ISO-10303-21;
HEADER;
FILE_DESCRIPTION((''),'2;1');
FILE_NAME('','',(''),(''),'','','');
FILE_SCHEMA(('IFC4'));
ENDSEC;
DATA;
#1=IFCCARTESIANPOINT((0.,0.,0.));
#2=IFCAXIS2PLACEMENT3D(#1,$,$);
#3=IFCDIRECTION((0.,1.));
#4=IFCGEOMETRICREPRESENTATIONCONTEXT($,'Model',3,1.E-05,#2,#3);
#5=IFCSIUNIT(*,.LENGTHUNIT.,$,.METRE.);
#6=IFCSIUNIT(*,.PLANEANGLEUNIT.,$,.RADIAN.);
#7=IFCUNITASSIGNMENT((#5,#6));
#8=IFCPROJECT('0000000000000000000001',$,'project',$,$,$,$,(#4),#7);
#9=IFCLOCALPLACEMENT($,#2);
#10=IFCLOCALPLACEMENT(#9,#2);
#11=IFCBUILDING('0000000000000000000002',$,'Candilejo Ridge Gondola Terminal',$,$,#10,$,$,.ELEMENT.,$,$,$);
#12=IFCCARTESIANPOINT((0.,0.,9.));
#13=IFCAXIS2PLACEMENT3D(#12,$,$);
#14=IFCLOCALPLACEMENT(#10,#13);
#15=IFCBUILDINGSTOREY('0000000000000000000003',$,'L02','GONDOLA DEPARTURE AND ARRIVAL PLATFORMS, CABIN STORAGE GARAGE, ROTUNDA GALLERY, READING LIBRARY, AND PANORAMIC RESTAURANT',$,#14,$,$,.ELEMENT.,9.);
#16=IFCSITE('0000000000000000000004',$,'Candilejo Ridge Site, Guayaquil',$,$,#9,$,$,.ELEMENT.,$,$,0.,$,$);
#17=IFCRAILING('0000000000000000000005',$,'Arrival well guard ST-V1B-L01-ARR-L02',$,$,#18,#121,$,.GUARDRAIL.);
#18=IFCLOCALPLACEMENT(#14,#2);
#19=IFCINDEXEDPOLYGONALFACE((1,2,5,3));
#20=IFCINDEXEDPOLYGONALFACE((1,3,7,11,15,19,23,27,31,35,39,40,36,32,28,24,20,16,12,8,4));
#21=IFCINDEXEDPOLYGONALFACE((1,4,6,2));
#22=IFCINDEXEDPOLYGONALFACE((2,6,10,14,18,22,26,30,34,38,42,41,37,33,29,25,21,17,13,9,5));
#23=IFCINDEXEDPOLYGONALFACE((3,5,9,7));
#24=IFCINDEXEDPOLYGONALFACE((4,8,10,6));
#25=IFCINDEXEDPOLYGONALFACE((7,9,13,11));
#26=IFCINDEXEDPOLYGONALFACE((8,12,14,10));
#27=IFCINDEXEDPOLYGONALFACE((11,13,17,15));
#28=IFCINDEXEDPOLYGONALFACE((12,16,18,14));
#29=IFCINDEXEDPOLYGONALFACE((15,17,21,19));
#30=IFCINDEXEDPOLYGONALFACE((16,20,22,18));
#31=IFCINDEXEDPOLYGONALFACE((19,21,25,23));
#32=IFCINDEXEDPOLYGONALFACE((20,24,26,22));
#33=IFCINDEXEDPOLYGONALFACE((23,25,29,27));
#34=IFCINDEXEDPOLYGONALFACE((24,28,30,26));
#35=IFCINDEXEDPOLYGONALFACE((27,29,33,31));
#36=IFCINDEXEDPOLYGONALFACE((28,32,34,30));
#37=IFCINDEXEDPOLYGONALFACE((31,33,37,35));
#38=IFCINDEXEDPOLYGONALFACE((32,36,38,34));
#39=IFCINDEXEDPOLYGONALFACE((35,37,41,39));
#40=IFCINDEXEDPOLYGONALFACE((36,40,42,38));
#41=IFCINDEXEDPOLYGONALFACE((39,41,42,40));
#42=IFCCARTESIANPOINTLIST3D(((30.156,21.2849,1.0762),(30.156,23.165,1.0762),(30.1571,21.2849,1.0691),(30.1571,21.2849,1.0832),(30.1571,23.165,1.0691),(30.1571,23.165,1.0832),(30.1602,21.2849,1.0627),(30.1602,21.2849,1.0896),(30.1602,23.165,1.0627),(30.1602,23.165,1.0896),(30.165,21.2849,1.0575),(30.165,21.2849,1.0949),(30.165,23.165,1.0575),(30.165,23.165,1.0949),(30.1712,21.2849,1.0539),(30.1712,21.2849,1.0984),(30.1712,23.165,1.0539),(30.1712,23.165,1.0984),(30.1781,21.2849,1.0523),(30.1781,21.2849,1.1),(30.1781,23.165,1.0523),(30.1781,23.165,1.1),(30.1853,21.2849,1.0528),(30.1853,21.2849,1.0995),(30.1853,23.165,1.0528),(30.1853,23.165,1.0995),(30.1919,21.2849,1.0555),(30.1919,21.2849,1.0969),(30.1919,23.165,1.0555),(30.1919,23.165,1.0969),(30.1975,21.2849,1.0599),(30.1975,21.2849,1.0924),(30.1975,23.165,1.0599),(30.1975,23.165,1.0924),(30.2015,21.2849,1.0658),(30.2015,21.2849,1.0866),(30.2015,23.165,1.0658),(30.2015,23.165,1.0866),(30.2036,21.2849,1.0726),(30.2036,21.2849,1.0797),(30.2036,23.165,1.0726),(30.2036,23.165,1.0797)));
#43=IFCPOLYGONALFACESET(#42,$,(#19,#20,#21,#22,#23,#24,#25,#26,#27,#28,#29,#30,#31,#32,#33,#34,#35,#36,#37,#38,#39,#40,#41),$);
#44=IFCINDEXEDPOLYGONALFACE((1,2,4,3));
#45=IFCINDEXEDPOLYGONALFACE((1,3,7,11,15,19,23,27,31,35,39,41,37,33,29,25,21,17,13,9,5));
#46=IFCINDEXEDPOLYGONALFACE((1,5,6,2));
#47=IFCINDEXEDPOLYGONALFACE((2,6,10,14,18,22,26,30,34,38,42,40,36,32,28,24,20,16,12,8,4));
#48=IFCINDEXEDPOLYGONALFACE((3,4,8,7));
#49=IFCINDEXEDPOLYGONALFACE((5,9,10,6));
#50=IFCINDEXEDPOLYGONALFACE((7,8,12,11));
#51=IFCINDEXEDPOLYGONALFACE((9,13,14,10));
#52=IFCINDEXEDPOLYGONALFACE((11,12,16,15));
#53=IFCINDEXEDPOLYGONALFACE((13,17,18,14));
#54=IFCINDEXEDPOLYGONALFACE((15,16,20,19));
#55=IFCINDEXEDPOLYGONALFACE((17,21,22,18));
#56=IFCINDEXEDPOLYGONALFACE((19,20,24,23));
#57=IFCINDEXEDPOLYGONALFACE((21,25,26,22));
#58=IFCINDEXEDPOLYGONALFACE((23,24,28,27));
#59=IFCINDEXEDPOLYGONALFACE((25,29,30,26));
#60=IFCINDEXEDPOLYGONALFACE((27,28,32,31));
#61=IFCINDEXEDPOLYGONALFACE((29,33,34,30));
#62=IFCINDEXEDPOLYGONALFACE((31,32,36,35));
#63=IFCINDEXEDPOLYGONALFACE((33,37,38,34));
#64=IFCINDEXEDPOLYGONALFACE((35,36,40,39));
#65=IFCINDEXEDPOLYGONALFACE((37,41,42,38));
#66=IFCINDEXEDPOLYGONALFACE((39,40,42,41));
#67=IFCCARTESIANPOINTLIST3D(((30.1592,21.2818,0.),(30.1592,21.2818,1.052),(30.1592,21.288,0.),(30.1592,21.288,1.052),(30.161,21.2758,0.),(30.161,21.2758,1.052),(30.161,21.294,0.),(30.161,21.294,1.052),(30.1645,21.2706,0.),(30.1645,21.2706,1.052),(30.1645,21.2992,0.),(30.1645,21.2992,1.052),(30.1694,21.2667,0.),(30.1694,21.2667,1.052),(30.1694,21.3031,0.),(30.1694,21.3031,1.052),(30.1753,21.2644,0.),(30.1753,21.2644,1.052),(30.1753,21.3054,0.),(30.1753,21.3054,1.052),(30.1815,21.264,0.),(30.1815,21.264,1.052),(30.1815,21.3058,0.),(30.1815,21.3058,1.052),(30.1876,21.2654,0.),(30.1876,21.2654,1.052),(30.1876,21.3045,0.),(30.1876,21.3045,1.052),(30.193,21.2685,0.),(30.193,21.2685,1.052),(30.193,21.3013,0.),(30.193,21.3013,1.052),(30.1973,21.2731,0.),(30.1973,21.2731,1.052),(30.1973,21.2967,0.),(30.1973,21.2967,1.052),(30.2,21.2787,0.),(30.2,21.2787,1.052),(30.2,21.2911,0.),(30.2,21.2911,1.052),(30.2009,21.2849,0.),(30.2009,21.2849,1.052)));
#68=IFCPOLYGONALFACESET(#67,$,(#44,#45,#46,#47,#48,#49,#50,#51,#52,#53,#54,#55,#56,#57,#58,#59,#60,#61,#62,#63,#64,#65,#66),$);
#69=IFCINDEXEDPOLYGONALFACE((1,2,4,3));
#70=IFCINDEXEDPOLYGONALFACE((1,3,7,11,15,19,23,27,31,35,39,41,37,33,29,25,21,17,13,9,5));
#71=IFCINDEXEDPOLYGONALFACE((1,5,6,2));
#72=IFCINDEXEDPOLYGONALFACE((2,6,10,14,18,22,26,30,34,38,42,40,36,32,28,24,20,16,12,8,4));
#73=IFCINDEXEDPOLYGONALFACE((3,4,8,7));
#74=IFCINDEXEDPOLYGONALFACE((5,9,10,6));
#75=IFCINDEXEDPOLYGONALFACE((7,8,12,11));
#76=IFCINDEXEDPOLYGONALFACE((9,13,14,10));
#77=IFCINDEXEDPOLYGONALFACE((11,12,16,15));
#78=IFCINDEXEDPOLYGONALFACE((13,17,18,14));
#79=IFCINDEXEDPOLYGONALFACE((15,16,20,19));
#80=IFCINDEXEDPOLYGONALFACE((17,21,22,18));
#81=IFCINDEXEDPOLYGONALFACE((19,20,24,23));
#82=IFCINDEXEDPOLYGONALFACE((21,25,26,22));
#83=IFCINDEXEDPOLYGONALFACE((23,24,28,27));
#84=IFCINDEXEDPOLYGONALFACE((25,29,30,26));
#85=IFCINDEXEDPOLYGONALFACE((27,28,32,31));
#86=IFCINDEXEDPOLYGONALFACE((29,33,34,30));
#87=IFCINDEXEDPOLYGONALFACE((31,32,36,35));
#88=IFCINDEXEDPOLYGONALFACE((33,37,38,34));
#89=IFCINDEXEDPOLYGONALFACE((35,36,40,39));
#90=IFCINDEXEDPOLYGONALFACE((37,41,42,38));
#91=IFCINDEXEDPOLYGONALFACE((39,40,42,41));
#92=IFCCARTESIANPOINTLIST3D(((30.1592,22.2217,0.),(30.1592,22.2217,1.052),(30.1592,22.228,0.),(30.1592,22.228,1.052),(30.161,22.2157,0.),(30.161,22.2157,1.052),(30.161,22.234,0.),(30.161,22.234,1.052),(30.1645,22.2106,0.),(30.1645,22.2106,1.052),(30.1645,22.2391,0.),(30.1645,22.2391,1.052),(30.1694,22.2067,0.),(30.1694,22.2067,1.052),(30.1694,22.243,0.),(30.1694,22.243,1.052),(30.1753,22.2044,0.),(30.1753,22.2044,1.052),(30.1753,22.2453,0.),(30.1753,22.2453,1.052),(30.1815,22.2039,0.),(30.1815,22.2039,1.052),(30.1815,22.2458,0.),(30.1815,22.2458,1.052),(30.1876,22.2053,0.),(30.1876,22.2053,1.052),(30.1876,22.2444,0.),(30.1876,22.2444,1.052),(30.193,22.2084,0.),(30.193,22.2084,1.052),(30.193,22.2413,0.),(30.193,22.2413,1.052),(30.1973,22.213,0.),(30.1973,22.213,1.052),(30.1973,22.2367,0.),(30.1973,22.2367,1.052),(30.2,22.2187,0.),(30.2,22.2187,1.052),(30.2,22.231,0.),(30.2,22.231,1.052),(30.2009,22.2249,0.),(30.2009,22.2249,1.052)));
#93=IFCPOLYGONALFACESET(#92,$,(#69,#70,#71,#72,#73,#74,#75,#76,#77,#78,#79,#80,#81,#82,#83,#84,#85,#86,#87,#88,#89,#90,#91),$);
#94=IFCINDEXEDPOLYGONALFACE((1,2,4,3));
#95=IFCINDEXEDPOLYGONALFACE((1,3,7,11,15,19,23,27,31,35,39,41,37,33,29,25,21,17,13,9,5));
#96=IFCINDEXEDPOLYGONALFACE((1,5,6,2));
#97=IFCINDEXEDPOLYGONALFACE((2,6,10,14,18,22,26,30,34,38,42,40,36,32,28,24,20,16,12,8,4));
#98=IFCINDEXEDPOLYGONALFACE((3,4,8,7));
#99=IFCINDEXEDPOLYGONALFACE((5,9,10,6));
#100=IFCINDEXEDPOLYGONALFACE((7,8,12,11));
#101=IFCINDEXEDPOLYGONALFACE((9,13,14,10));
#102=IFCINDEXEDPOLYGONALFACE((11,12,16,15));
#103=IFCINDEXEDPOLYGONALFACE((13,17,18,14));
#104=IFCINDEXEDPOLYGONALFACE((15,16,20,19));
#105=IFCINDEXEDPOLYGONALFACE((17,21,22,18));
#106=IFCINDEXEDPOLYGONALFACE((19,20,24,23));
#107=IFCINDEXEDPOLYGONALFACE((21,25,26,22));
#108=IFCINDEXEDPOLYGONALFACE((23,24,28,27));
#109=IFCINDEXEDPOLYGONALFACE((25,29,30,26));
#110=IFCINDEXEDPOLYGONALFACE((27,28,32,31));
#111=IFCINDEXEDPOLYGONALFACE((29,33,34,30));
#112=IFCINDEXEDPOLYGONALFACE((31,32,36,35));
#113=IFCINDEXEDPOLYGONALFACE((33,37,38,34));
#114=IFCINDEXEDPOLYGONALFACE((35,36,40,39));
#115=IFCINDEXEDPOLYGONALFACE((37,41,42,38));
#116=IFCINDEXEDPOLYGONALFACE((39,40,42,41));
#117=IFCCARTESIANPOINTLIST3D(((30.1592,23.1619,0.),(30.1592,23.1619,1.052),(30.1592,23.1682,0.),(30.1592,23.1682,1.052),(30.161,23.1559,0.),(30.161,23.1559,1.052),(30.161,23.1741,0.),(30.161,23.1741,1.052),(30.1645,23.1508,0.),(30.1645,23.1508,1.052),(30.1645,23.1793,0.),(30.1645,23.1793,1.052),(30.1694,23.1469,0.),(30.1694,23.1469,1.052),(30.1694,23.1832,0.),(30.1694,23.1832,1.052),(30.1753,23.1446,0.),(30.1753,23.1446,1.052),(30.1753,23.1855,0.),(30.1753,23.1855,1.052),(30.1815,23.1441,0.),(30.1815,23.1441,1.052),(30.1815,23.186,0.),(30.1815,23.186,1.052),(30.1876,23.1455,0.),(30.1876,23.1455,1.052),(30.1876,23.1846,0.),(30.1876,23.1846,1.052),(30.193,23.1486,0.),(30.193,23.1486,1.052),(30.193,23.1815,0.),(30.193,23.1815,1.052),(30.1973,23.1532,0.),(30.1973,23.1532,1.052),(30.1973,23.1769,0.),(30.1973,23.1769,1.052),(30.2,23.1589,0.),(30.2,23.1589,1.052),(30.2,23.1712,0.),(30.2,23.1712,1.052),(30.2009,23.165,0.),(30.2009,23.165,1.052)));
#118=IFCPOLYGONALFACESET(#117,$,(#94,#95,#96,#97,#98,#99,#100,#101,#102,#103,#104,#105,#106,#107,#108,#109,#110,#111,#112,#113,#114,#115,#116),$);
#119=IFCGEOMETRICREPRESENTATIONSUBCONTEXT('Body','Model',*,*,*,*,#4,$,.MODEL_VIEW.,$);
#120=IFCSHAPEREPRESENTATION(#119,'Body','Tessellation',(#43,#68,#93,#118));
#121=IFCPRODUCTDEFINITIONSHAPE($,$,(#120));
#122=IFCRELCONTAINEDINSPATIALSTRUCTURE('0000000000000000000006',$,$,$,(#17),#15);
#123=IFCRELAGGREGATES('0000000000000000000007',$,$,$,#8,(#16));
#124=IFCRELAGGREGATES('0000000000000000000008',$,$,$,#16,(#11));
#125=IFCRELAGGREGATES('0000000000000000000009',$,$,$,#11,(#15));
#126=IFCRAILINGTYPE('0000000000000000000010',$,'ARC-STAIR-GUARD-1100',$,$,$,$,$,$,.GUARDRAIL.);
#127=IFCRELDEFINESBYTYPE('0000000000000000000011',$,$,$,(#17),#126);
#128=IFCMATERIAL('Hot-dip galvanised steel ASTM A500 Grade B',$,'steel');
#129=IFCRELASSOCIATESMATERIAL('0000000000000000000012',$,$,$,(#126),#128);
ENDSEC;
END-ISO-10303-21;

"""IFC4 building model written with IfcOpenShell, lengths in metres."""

from ifc_helpers import new_model, si_unit, direction, frame, origin, origin_2d, place, context, subcontext, project, spatial, circle, extrude, material, type_object, element, save


model = new_model("IFC4")

# Units and contexts
model_context = context("Model", 3, precision=1e-05, world=origin(), true_north=direction((0.0, 1.0)))
body_context = subcontext(model_context, "Body", "Model", "MODEL_VIEW")
ifc_project = project(units=[si_unit("LENGTHUNIT", "METRE"), si_unit("PLANEANGLEUNIT", "RADIAN")], contexts=[model_context])

# Site, building, storey
site_placement = place(None, origin())
site = spatial("IfcSite", under=ifc_project, at=site_placement, Name="Candilejo Ridge Site, Guayaquil", CompositionType="ELEMENT", RefElevation=0.0)
building_placement = place(site_placement, origin())
building = spatial("IfcBuilding", under=site, at=building_placement, Name="Candilejo Ridge Gondola Terminal", CompositionType="ELEMENT")
storey_placement = place(building_placement, frame((0.0, 0.0, 9.0)))
storey = spatial("IfcBuildingStorey", under=building, at=storey_placement, Name="L02", Description="GONDOLA DEPARTURE AND ARRIVAL PLATFORMS, CABIN STORAGE GARAGE, ROTUNDA GALLERY, READING LIBRARY, AND PANORAMIC RESTAURANT", CompositionType="ELEMENT", Elevation=9.0)

# Railing
ifc_material_1 = material(Name="Hot-dip galvanised steel ASTM A500 Grade B", Category="steel")
railing_type = type_object("IfcRailingType", Name="ARC-STAIR-GUARD-1100", PredefinedType="GUARDRAIL", material=ifc_material_1)
railing_placement = place(storey_placement, frame((30.1799, 21.2849, 0.0)))
element("IfcRailing", 1, at=railing_placement, inside=storey, type_object=railing_type, Name="Arrival well guard ST-V1B-L01-ARR-L02", PredefinedType="GUARDRAIL", context=body_context, shape_type="SweptSolid", body=[
    extrude(circle(Radius=0.0239, at=origin_2d()), frame((0.0, 0.0, 1.0762), z_axis=(0.0, 1.0, 0.0), x_axis=(-1.0, 0.0, 0.0)), (0.0, 0.0, 1.0), 1.8801),
    extrude(circle(Radius=0.021, at=origin_2d()), origin(), (0.0, 0.0, 1.0), 1.052),
    extrude(circle(Radius=0.021, at=origin_2d()), frame((0.0, 0.9399, 0.0)), (0.0, 0.0, 1.0), 1.052),
    extrude(circle(Radius=0.021, at=origin_2d()), frame((0.0, 1.8801, 0.0)), (0.0, 0.0, 1.0), 1.052),
])

save(model, "model.ifc")
